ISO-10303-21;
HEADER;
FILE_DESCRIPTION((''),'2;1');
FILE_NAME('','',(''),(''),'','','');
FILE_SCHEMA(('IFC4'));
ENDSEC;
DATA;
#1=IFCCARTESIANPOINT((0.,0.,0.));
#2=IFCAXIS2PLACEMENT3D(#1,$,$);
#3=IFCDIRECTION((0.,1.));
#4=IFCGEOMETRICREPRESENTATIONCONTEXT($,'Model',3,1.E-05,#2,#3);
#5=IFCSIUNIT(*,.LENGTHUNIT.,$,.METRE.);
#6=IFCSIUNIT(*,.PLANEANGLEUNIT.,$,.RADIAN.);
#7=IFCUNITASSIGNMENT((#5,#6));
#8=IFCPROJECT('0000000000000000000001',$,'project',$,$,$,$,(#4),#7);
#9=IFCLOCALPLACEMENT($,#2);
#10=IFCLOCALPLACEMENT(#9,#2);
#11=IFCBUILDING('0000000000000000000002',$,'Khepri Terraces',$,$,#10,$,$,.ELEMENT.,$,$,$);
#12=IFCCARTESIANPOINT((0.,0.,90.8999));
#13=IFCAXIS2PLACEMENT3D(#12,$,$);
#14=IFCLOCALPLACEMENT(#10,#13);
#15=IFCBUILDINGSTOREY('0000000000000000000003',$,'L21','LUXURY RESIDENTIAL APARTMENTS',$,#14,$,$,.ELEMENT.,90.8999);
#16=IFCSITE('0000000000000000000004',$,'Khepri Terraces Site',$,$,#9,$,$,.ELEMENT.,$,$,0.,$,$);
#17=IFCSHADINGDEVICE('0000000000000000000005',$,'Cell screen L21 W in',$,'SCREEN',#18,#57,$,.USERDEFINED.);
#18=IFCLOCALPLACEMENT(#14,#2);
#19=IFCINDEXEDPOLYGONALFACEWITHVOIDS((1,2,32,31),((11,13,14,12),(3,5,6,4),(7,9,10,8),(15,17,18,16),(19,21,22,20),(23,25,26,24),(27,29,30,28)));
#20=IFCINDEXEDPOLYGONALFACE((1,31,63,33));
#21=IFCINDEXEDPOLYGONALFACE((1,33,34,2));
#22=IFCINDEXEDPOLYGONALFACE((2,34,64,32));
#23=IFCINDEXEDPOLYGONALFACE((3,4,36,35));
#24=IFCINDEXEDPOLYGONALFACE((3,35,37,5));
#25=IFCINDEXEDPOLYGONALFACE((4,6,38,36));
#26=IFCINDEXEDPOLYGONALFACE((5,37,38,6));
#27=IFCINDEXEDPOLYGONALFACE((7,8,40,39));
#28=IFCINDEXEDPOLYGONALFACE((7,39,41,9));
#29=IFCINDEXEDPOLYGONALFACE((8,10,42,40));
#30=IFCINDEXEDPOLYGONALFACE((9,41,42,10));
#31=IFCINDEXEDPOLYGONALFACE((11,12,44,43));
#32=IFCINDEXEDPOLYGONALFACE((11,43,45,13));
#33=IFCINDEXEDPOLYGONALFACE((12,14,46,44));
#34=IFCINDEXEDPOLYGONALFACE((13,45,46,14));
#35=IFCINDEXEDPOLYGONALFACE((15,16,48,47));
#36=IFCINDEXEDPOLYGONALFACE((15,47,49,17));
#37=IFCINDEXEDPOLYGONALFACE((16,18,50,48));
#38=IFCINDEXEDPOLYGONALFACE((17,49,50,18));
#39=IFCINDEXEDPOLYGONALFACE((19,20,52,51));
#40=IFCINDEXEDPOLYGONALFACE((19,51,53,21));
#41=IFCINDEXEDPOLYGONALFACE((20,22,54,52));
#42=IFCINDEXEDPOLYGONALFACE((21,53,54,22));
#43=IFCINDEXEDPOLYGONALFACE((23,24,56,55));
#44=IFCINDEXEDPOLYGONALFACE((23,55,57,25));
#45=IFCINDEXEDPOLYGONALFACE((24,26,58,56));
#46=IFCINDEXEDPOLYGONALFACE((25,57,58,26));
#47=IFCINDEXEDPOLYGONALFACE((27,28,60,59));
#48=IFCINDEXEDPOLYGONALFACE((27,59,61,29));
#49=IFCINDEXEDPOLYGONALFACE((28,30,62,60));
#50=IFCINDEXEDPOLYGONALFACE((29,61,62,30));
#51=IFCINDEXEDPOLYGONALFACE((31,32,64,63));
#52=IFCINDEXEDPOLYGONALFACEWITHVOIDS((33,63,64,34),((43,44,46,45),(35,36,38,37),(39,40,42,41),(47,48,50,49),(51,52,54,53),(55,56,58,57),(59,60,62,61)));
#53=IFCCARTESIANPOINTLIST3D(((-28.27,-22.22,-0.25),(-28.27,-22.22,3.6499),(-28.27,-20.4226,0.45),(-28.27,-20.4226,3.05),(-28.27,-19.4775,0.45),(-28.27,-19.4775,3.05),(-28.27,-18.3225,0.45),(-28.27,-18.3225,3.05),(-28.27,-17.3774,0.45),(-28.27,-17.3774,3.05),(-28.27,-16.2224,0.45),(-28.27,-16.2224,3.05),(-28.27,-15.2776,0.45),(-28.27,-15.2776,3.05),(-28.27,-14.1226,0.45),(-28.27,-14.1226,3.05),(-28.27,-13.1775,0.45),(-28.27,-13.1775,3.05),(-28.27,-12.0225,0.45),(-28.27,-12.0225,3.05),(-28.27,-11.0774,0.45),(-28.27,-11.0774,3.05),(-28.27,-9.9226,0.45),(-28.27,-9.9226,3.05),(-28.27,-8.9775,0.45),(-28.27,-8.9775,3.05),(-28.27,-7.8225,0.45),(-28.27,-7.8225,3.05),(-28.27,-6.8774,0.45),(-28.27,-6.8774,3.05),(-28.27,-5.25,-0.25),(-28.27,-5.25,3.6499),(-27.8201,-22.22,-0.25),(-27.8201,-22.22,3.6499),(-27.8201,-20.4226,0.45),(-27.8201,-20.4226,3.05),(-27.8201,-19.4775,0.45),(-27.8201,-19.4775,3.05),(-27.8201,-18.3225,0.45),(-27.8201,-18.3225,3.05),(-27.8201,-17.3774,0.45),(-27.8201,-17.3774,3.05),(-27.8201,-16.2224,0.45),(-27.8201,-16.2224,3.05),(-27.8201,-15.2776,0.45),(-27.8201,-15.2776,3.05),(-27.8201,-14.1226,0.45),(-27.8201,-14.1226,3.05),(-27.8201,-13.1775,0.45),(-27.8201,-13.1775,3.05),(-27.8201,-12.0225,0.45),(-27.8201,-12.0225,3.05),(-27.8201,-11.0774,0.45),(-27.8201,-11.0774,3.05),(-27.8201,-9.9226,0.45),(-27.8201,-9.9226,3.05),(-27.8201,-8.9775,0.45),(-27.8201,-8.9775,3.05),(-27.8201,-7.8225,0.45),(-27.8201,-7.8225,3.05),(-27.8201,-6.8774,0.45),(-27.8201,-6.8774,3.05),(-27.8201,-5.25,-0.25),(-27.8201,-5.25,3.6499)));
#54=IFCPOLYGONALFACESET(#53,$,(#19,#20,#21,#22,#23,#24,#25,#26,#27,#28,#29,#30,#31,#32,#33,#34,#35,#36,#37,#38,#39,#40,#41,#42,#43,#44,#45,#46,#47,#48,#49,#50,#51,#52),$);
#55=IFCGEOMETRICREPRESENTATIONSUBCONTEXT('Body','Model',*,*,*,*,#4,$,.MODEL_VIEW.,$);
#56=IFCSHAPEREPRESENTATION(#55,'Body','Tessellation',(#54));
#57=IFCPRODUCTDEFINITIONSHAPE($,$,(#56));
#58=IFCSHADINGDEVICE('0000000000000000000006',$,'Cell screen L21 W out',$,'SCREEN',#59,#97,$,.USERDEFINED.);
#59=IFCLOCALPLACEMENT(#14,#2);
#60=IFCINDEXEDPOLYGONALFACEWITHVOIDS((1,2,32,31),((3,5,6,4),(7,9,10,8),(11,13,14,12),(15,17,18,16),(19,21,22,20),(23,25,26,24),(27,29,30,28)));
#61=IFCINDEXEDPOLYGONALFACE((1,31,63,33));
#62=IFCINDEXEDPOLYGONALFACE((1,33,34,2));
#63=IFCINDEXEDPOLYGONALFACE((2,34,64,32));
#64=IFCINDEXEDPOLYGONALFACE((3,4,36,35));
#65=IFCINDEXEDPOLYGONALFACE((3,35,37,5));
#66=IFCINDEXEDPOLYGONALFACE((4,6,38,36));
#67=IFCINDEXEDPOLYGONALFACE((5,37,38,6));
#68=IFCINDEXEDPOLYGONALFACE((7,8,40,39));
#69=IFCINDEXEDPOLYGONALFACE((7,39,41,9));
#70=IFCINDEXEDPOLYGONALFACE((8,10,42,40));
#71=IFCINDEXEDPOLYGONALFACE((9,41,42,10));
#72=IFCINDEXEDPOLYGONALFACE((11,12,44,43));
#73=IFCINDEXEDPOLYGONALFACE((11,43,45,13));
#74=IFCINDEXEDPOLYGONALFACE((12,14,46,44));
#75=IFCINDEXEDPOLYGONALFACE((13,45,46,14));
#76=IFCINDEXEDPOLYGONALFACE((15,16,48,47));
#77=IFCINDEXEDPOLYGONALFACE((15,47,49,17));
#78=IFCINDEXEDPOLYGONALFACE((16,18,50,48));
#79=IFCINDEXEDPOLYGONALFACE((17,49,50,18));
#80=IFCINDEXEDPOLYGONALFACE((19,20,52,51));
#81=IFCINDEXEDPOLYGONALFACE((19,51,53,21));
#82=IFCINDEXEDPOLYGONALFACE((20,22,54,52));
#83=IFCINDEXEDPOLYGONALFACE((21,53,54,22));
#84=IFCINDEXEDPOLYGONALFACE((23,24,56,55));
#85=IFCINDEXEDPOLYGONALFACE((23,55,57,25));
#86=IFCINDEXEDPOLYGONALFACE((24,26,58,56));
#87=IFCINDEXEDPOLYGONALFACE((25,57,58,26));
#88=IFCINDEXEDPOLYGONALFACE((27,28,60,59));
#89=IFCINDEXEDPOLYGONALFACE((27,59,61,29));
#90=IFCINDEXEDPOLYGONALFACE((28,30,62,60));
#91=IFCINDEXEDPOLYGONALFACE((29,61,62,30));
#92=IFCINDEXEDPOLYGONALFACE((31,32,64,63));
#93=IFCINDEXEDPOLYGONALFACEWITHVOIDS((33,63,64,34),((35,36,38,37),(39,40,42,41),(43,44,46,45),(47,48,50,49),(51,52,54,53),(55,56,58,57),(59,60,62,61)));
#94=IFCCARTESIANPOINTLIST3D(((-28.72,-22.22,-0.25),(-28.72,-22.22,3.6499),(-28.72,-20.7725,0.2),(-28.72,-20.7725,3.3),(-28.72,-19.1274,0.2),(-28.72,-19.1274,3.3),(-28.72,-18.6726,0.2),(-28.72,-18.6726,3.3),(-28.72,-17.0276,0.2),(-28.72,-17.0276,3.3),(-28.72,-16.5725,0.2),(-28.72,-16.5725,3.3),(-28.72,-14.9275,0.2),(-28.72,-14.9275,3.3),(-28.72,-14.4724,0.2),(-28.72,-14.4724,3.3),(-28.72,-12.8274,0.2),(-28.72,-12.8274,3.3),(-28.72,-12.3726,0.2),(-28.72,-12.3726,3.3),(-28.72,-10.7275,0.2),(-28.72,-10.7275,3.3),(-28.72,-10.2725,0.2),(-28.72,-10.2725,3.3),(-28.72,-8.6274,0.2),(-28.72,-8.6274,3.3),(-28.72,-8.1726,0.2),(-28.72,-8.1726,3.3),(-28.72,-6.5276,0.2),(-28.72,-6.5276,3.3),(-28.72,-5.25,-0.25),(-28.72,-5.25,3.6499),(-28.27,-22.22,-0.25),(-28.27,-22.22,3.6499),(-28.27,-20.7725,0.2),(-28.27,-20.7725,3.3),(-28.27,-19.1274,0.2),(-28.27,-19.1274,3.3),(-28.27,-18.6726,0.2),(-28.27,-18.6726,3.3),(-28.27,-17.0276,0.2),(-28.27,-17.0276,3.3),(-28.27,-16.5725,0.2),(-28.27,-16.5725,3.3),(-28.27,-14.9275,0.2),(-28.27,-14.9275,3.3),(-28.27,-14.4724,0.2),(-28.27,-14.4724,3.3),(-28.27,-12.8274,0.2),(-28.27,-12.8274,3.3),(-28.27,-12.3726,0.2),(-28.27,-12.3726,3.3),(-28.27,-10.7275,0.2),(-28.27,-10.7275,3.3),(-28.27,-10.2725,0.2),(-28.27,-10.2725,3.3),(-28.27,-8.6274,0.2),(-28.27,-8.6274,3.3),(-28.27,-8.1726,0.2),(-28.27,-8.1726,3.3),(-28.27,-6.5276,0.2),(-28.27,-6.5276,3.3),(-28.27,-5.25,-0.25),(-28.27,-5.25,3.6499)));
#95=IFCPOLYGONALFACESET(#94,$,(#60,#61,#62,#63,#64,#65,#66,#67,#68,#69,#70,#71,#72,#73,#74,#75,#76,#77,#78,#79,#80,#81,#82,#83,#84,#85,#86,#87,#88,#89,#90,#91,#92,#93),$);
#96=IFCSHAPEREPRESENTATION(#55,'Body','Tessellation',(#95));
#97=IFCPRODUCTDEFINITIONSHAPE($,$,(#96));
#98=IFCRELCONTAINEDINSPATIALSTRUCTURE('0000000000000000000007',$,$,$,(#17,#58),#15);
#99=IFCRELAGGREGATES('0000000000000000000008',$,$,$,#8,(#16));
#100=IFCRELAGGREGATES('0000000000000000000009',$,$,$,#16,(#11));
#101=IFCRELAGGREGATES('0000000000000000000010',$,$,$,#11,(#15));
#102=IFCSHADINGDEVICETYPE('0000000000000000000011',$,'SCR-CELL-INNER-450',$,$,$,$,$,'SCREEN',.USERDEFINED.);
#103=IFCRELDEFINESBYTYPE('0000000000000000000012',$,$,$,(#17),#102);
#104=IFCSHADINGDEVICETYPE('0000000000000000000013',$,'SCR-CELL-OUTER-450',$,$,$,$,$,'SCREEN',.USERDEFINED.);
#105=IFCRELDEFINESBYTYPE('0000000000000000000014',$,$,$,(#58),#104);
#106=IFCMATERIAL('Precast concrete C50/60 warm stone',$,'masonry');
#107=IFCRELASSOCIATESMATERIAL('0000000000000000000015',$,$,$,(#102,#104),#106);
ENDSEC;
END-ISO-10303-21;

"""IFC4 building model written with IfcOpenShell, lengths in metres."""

from ifc_helpers import new_model, si_unit, direction, frame, origin, place, context, subcontext, project, spatial, polyline, outline, extrude, material, type_object, element, save


model = new_model("IFC4")

# Units and contexts
model_context = context("Model", 3, precision=1e-05, world=origin(), true_north=direction((0.0, 1.0)))
body_context = subcontext(model_context, "Body", "Model", "MODEL_VIEW")
ifc_project = project(units=[si_unit("LENGTHUNIT", "METRE"), si_unit("PLANEANGLEUNIT", "RADIAN")], contexts=[model_context])

# Site, building, storey
site_placement = place(None, origin())
site = spatial("IfcSite", under=ifc_project, at=site_placement, Name="Khepri Terraces Site", CompositionType="ELEMENT", RefElevation=0.0)
building_placement = place(site_placement, origin())
building = spatial("IfcBuilding", under=site, at=building_placement, Name="Khepri Terraces", CompositionType="ELEMENT")
storey_placement = place(building_placement, frame((0.0, 0.0, 90.8999)))
storey = spatial("IfcBuildingStorey", under=building, at=storey_placement, Name="L21", Description="LUXURY RESIDENTIAL APARTMENTS", CompositionType="ELEMENT", Elevation=90.8999)

# Shared definitions
ifc_material_1 = material(Name="Precast concrete C50/60 warm stone", Category="masonry")

# Shading devices
shading_device_type_1 = type_object("IfcShadingDeviceType", Name="SCR-CELL-INNER-450", ElementType="SCREEN", PredefinedType="USERDEFINED", material=ifc_material_1)
shading_device_1_placement = place(storey_placement, frame((-27.8201, -5.25, -0.25), z_axis=(-1.0, 0.0, 0.0), x_axis=(0.0, -1.0, 0.0)))
element("IfcShadingDevice", 1, at=shading_device_1_placement, inside=storey, type_object=shading_device_type_1, Name="Cell screen L21 W in", ObjectType="SCREEN", PredefinedType="USERDEFINED", context=body_context, shape_type="SweptSolid", body=[
    extrude(outline(polyline([(0.0, 0.0), (16.97, 0.0), (16.97, 3.8999), (0.0, 3.8999), (0.0, 0.0)]), holes=[polyline([(1.6274, 0.7), (2.5725, 0.7), (2.5725, 3.3), (1.6274, 3.3), (1.6274, 0.7)]), polyline([(3.7275, 0.7), (4.6726, 0.7), (4.6726, 3.3), (3.7275, 3.3), (3.7275, 0.7)]), polyline([(5.8274, 0.7), (6.7725, 0.7), (6.7725, 3.3), (5.8274, 3.3), (5.8274, 0.7)]), polyline([(7.9275, 0.7), (8.8726, 0.7), (8.8726, 3.3), (7.9275, 3.3), (7.9275, 0.7)]), polyline([(10.0276, 0.7), (10.9724, 0.7), (10.9724, 3.3), (10.0276, 3.3), (10.0276, 0.7)]), polyline([(12.1274, 0.7), (13.0725, 0.7), (13.0725, 3.3), (12.1274, 3.3), (12.1274, 0.7)]), polyline([(14.2275, 0.7), (15.1726, 0.7), (15.1726, 3.3), (14.2275, 3.3), (14.2275, 0.7)])]), origin(), (0.0, 0.0, 1.0), 0.45),
])
shading_device_type_2 = type_object("IfcShadingDeviceType", Name="SCR-CELL-OUTER-450", ElementType="SCREEN", PredefinedType="USERDEFINED", material=ifc_material_1)
shading_device_2_placement = place(storey_placement, frame((-28.27, -5.25, -0.25), z_axis=(-1.0, 0.0, 0.0), x_axis=(0.0, -1.0, 0.0)))
element("IfcShadingDevice", 2, at=shading_device_2_placement, inside=storey, type_object=shading_device_type_2, Name="Cell screen L21 W out", ObjectType="SCREEN", PredefinedType="USERDEFINED", context=body_context, shape_type="SweptSolid", body=[
    extrude(outline(polyline([(0.0, 0.0), (16.97, 0.0), (16.97, 3.8999), (0.0, 3.8999), (0.0, 0.0)]), holes=[polyline([(1.2776, 0.45), (2.9226, 0.45), (2.9226, 3.55), (1.2776, 3.55), (1.2776, 0.45)]), polyline([(3.3774, 0.45), (5.0225, 0.45), (5.0225, 3.55), (3.3774, 3.55), (3.3774, 0.45)]), polyline([(5.4775, 0.45), (7.1226, 0.45), (7.1226, 3.55), (5.4775, 3.55), (5.4775, 0.45)]), polyline([(7.5774, 0.45), (9.2224, 0.45), (9.2224, 3.55), (7.5774, 3.55), (7.5774, 0.45)]), polyline([(9.6775, 0.45), (11.3225, 0.45), (11.3225, 3.55), (9.6775, 3.55), (9.6775, 0.45)]), polyline([(11.7776, 0.45), (13.4226, 0.45), (13.4226, 3.55), (11.7776, 3.55), (11.7776, 0.45)]), polyline([(13.8774, 0.45), (15.5225, 0.45), (15.5225, 3.55), (13.8774, 3.55), (13.8774, 0.45)])]), origin(), (0.0, 0.0, 1.0), 0.45),
])

save(model, "model.ifc")
